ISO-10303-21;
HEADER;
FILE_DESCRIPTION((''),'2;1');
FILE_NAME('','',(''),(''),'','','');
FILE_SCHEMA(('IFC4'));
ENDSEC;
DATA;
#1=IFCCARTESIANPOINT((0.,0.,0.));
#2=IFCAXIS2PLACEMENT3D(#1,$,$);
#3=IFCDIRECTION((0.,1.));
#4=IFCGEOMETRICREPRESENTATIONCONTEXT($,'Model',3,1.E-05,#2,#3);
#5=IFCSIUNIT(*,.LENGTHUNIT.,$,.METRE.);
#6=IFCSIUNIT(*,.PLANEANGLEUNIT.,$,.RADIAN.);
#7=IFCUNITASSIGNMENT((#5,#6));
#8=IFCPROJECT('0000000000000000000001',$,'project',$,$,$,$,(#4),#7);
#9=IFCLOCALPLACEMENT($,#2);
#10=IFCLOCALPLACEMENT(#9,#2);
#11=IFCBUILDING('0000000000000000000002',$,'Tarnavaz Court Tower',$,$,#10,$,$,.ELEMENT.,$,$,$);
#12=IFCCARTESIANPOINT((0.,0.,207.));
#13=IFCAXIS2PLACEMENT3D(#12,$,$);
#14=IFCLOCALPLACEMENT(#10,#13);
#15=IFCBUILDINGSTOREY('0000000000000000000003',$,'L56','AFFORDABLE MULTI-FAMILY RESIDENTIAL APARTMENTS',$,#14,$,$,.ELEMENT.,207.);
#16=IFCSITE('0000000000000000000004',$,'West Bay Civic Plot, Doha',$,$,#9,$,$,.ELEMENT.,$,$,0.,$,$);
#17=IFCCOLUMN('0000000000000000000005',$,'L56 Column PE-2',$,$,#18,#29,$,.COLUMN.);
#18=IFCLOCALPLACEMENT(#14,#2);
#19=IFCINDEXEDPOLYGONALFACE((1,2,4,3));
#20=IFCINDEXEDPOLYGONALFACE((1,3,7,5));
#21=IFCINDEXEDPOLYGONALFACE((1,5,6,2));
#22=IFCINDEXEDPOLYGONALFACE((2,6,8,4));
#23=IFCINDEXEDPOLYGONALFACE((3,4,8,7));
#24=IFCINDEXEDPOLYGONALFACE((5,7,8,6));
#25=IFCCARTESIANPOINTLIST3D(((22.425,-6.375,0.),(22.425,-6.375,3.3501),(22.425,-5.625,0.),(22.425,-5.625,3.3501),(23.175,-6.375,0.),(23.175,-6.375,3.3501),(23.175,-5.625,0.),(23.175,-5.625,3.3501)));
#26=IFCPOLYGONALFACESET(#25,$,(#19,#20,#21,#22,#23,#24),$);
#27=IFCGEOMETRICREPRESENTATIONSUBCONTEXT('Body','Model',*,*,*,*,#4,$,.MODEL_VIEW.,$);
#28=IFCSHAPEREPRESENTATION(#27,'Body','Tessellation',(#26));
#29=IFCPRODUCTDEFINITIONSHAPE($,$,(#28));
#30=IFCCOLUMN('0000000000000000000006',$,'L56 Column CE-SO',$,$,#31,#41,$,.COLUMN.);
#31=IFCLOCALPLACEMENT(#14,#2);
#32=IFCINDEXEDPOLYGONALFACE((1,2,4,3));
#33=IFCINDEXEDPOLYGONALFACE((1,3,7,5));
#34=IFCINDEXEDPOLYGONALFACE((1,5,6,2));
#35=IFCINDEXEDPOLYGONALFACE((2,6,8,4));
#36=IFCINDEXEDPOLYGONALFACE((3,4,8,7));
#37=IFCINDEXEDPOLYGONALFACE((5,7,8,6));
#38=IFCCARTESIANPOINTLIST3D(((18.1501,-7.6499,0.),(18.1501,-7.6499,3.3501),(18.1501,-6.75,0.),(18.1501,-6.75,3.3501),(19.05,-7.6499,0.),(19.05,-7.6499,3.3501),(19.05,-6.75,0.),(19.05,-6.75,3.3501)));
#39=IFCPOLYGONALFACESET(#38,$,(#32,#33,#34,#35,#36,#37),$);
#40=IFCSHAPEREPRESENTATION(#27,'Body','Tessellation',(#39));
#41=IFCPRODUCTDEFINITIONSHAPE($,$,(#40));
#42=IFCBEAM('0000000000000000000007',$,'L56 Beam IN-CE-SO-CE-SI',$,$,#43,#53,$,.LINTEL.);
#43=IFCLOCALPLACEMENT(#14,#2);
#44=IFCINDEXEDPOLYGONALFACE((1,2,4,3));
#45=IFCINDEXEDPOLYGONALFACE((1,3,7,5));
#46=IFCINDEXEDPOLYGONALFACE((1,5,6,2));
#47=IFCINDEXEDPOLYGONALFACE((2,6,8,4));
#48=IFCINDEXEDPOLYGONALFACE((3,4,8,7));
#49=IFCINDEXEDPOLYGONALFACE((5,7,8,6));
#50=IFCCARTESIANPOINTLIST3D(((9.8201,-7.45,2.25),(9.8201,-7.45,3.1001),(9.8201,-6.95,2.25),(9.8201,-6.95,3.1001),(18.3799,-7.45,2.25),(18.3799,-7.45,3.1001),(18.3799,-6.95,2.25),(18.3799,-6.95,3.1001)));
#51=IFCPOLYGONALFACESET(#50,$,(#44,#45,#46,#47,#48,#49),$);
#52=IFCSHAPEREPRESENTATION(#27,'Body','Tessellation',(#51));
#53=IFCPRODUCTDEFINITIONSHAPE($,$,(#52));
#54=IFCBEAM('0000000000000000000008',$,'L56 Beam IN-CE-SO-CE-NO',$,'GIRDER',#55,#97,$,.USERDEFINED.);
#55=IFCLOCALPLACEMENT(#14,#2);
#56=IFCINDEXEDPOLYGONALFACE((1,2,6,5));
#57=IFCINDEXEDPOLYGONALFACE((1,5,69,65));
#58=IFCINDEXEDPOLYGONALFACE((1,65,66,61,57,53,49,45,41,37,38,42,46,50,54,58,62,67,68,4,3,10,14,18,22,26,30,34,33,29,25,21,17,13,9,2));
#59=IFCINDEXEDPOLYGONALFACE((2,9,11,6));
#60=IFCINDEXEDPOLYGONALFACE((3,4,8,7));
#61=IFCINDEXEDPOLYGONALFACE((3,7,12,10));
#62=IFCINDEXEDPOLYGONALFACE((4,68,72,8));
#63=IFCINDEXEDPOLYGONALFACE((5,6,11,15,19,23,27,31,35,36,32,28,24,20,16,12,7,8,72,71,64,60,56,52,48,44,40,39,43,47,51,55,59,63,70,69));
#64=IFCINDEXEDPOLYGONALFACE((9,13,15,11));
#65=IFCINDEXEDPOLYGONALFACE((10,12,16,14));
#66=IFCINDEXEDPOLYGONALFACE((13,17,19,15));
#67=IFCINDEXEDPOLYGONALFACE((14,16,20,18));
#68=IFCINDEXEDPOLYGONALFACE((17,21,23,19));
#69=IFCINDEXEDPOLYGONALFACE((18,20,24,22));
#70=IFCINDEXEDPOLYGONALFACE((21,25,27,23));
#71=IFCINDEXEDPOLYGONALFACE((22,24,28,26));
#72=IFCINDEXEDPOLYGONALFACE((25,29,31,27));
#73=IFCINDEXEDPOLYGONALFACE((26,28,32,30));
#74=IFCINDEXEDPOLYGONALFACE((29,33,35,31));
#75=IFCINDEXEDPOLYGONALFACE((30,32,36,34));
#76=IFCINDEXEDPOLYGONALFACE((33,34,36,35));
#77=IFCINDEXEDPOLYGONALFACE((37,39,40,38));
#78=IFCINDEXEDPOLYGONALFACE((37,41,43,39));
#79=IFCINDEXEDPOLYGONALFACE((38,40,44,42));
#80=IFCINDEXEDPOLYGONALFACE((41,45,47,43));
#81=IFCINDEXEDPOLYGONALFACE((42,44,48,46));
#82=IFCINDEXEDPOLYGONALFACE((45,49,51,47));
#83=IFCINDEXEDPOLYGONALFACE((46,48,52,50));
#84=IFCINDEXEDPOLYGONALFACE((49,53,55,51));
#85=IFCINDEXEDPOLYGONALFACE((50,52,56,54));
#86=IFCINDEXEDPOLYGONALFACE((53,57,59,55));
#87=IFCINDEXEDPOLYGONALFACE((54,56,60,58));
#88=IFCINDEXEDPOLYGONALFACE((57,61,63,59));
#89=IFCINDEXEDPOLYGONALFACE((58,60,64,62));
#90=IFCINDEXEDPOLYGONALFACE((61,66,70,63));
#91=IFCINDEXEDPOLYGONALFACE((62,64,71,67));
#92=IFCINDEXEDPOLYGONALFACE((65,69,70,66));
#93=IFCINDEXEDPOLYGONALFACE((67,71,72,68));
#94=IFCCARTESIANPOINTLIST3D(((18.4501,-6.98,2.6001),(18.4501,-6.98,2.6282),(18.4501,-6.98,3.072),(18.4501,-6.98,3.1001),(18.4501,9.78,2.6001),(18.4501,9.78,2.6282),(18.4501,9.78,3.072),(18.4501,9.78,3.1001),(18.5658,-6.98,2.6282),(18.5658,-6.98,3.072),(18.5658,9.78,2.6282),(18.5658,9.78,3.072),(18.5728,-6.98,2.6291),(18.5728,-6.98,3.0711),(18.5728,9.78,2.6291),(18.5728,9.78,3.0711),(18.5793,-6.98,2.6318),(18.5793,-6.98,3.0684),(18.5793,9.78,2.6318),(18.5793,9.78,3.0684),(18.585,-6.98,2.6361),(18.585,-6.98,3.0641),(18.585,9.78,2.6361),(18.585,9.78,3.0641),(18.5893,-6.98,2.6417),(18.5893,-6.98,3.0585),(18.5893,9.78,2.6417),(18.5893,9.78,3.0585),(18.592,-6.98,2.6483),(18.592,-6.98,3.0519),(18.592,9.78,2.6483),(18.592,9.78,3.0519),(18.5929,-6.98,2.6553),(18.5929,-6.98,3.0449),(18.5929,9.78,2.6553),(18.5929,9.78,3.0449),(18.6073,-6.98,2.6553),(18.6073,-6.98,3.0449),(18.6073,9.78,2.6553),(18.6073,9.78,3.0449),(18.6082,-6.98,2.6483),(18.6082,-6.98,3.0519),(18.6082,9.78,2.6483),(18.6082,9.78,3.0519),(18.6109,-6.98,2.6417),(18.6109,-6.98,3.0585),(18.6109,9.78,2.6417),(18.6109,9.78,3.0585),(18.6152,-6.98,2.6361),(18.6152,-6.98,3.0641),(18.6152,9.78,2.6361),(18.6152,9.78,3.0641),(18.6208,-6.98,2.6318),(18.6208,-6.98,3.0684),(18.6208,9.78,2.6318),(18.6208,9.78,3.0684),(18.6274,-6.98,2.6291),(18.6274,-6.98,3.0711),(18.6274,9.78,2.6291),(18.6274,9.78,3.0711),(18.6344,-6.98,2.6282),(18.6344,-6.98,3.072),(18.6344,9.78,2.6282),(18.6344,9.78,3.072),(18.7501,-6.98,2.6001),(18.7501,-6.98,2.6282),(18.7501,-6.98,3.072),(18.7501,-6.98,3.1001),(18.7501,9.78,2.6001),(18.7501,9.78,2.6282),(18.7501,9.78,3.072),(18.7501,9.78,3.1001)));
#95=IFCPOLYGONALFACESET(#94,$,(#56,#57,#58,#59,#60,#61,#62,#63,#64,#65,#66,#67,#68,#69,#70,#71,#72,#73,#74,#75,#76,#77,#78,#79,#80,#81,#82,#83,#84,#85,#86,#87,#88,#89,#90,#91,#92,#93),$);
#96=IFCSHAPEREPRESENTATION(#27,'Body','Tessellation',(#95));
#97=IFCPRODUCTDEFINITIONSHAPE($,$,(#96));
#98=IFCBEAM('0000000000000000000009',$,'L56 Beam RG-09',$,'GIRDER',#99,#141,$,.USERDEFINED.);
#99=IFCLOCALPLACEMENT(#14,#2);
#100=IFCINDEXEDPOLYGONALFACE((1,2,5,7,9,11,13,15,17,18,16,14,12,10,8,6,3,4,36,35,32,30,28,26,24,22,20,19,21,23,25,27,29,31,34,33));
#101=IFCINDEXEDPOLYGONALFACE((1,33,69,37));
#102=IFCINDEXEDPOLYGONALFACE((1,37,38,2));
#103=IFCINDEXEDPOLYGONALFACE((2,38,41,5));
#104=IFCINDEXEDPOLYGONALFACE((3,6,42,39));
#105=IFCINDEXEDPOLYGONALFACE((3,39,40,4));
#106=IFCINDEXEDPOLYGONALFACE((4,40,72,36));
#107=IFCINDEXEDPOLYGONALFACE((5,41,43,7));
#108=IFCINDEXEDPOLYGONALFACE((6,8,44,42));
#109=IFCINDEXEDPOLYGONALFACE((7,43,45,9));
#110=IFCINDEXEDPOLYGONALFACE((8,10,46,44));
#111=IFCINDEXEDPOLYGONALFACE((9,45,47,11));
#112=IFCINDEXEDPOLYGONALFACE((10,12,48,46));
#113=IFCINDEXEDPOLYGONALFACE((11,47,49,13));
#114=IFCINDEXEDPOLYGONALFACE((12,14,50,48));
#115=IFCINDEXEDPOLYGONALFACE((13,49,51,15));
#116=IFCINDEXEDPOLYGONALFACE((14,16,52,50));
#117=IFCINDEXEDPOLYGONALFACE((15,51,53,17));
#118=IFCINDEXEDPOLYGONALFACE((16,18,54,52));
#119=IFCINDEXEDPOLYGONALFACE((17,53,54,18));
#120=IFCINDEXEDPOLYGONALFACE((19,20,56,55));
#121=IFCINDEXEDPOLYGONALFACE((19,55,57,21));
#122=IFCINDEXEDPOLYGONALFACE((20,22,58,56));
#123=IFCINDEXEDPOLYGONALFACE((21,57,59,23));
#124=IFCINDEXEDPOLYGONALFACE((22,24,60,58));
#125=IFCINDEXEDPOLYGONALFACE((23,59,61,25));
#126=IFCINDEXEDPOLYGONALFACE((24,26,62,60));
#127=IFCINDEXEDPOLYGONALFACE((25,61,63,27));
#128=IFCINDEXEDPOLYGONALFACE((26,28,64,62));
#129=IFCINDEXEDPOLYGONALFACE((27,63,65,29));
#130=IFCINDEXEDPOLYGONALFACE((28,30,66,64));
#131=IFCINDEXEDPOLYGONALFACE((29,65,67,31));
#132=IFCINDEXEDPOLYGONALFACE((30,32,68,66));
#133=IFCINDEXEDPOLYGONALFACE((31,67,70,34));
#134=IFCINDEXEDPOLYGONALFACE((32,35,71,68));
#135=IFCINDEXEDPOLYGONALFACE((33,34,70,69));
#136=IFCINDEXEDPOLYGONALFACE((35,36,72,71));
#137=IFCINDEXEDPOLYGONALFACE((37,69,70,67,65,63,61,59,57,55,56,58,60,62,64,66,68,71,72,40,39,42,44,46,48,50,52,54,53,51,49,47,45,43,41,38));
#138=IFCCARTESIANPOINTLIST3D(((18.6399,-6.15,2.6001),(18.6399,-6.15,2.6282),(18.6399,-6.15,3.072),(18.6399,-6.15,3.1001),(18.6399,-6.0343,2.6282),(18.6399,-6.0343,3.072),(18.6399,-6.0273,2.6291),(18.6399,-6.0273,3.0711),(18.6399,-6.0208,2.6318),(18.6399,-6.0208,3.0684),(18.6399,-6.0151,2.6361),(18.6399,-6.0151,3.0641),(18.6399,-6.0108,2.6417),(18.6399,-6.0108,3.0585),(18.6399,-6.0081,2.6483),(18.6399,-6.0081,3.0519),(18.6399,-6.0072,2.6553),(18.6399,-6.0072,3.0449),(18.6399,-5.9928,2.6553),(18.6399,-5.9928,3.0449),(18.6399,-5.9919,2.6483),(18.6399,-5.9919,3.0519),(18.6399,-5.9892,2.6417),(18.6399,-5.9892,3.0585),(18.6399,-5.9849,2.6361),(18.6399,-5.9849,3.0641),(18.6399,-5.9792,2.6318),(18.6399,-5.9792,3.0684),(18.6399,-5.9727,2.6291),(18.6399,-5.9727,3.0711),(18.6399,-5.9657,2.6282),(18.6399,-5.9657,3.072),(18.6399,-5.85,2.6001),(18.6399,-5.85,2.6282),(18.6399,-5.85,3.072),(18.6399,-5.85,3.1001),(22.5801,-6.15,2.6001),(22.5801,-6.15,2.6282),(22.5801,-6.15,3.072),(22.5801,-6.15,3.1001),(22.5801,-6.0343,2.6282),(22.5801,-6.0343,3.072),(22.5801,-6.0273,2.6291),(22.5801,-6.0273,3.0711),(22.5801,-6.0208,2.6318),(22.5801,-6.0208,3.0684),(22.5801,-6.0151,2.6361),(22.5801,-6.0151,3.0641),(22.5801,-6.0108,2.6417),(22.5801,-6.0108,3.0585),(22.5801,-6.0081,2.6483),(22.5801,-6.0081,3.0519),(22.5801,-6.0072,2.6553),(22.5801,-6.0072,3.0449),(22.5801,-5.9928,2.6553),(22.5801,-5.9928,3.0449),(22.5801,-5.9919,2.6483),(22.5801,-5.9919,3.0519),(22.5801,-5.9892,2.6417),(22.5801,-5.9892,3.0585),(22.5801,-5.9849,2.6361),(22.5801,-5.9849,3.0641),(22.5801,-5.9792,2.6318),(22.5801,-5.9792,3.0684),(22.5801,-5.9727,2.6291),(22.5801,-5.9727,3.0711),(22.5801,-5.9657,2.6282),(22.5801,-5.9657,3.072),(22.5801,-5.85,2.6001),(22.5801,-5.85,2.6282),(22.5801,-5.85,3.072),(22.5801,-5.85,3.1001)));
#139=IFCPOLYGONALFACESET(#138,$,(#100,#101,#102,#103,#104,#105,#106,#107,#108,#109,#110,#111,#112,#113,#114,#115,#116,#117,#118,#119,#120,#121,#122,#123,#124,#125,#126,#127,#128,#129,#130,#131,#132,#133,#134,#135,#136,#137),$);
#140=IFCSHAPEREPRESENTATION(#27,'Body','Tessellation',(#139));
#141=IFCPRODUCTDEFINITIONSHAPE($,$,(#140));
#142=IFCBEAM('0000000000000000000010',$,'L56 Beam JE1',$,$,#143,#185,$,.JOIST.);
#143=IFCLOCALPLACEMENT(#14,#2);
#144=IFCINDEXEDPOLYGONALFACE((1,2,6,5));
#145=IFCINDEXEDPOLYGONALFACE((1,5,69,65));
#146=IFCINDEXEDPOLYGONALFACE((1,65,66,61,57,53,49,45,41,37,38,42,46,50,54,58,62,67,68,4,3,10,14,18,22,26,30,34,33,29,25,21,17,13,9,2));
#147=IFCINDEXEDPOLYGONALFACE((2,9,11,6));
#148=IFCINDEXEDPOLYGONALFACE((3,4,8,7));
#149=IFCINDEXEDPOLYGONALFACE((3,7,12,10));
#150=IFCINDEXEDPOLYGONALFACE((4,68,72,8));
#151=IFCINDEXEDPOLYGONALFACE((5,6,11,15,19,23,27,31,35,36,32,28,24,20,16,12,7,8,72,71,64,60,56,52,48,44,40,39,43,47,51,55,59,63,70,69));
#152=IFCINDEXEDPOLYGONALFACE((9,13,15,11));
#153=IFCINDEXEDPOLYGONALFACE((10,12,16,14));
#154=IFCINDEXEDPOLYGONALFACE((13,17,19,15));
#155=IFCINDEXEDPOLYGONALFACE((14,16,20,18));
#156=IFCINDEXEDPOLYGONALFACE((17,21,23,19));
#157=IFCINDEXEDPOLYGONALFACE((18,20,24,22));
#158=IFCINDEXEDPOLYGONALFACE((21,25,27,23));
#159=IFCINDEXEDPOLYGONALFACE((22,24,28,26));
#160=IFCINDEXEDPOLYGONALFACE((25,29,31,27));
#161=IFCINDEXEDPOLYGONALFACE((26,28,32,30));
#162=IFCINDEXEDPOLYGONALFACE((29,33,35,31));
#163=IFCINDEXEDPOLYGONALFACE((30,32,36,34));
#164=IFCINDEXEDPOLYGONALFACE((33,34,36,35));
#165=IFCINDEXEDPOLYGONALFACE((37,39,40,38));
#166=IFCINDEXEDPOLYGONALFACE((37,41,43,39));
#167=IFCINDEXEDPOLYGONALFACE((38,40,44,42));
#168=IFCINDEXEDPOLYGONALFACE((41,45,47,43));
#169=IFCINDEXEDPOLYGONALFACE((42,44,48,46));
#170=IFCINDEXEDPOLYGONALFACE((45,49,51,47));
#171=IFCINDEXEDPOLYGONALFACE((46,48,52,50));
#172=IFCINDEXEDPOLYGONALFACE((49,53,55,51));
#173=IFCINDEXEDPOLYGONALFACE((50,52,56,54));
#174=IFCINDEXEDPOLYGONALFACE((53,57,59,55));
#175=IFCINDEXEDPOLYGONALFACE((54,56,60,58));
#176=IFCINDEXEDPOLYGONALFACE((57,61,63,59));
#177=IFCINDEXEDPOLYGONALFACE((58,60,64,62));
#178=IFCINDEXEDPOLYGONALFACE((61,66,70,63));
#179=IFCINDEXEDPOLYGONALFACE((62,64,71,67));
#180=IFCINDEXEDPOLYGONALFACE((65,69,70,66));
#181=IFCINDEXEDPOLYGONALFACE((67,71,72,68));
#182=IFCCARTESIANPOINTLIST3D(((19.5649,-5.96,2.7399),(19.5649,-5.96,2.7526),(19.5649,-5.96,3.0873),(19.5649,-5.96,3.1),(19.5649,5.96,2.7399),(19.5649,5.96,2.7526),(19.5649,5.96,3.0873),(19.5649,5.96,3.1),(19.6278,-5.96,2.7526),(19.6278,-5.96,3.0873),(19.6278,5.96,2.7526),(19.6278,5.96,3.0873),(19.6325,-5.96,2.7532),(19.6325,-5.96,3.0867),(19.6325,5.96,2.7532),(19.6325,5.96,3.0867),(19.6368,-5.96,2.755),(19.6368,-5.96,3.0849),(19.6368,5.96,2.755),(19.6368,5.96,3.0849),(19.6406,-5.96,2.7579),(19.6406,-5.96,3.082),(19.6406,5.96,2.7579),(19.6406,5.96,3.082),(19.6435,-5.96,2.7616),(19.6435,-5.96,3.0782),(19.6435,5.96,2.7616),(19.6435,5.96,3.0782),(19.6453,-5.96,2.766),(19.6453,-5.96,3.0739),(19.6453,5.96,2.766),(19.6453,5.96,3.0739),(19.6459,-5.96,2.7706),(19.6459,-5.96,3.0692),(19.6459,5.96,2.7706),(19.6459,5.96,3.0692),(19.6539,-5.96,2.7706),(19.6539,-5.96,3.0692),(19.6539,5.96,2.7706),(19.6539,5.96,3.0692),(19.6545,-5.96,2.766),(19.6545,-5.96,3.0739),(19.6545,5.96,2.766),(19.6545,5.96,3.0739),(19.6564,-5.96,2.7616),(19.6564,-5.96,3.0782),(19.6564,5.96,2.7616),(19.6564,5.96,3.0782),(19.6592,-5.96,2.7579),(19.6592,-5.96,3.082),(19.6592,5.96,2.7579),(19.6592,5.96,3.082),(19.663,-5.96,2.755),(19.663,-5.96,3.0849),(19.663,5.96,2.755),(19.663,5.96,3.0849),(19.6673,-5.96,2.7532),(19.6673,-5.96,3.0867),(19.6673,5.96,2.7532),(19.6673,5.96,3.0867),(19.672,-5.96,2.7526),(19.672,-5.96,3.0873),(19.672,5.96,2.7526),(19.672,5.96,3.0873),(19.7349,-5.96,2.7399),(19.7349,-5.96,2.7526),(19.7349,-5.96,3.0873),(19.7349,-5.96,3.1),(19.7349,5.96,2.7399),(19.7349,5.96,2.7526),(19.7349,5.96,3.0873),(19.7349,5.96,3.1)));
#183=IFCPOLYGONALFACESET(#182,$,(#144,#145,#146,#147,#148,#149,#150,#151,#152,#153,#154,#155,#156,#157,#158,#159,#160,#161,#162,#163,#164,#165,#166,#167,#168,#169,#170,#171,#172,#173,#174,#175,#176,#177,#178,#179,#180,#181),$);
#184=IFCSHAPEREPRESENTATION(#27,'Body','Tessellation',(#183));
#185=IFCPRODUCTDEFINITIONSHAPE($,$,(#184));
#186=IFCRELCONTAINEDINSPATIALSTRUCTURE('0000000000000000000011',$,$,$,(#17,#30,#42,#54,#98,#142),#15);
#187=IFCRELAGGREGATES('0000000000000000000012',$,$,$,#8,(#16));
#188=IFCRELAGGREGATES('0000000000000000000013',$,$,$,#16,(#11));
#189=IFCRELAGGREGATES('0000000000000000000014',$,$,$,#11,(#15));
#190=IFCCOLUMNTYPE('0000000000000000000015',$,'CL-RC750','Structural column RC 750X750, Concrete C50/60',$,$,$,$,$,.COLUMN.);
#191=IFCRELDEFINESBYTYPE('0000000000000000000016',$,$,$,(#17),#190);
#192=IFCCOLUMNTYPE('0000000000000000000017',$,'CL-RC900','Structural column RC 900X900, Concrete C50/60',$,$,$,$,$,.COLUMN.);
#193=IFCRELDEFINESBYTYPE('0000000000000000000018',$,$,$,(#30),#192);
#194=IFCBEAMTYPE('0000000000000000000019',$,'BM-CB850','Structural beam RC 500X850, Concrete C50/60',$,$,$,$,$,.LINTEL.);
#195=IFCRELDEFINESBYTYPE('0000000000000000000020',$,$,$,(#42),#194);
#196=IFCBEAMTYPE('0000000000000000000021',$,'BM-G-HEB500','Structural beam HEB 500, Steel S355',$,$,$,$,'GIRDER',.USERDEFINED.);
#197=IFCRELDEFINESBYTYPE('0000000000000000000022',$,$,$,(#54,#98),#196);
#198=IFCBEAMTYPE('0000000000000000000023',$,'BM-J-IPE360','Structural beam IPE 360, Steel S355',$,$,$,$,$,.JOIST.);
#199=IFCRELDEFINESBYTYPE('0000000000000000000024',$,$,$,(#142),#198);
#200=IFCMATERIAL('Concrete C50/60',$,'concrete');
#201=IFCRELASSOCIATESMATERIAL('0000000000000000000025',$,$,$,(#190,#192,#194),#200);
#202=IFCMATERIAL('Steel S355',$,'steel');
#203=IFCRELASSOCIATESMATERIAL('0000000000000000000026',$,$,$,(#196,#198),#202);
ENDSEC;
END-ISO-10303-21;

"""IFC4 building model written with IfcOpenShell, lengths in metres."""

from ifc_helpers import new_model, si_unit, direction, frame, origin, origin_2d, place, context, subcontext, project, spatial, rectangle, i_section, extrude, material, material_profile, profile_set, type_object, element, save


model = new_model("IFC4")

# Units and contexts
model_context = context("Model", 3, precision=1e-05, world=origin(), true_north=direction((0.0, 1.0)))
body_context = subcontext(model_context, "Body", "Model", "MODEL_VIEW")
ifc_project = project(units=[si_unit("LENGTHUNIT", "METRE"), si_unit("PLANEANGLEUNIT", "RADIAN")], contexts=[model_context])

# Site, building, storey
site_placement = place(None, origin())
site = spatial("IfcSite", under=ifc_project, at=site_placement, Name="West Bay Civic Plot, Doha", CompositionType="ELEMENT", RefElevation=0.0)
building_placement = place(site_placement, origin())
building = spatial("IfcBuilding", under=site, at=building_placement, Name="Tarnavaz Court Tower", CompositionType="ELEMENT")
storey_placement = place(building_placement, frame((0.0, 0.0, 207.0)))
storey = spatial("IfcBuildingStorey", under=building, at=storey_placement, Name="L56", Description="AFFORDABLE MULTI-FAMILY RESIDENTIAL APARTMENTS", CompositionType="ELEMENT", Elevation=207.0)

# Columns
ifc_material_1 = material(Name="Concrete C50/60", Category="concrete")
ifc_material_profile_1 = material_profile(ifc_material_1, rectangle(XDim=0.75, YDim=0.75, at=origin_2d()), Name="RC 750X750")
ifc_profile_set_1 = profile_set([ifc_material_profile_1], Name="Concrete C50/60")
column_type_1 = type_object("IfcColumnType", Name="CL-RC750", Description="Structural column RC 750X750, Concrete C50/60", PredefinedType="COLUMN", material=ifc_profile_set_1)
column_1_placement = place(storey_placement, frame((22.8, -6.0, 0.0), z_axis=(0.0, 0.0, 1.0), x_axis=(1.0, 0.0, 0.0)))
element("IfcColumn", 1, at=column_1_placement, inside=storey, type_object=column_type_1, Name="L56 Column PE-2", PredefinedType="COLUMN", context=body_context, shape_type="SweptSolid", body=[
    extrude(rectangle(XDim=0.75, YDim=0.75, at=origin_2d()), origin(), (0.0, 0.0, 1.0), 3.3501),
])
ifc_material_profile_2 = material_profile(ifc_material_1, rectangle(XDim=0.8999, YDim=0.8999, at=origin_2d()), Name="RC 900X900")
ifc_profile_set_2 = profile_set([ifc_material_profile_2], Name="Concrete C50/60")
column_type_2 = type_object("IfcColumnType", Name="CL-RC900", Description="Structural column RC 900X900, Concrete C50/60", PredefinedType="COLUMN", material=ifc_profile_set_2)
column_2_placement = place(storey_placement, frame((18.6001, -7.2, 0.0), z_axis=(0.0, 0.0, 1.0), x_axis=(1.0, 0.0, 0.0)))
element("IfcColumn", 2, at=column_2_placement, inside=storey, type_object=column_type_2, Name="L56 Column CE-SO", PredefinedType="COLUMN", context=body_context, shape_type="SweptSolid", body=[
    extrude(rectangle(XDim=0.8999, YDim=0.8999, at=origin_2d()), origin(), (0.0, 0.0, 1.0), 3.3501),
])

# Beams
ifc_material_profile_3 = material_profile(ifc_material_1, rectangle(XDim=0.5, YDim=0.8501, at=origin_2d()), Name="RC 500X850")
ifc_profile_set_3 = profile_set([ifc_material_profile_3], Name="Concrete C50/60")
beam_type_1 = type_object("IfcBeamType", Name="BM-CB850", Description="Structural beam RC 500X850, Concrete C50/60", PredefinedType="LINTEL", material=ifc_profile_set_3)
beam_1_placement = place(storey_placement, frame((18.3799, -7.2, 2.675), z_axis=(-1.0, 0.0, 0.0), x_axis=(0.0, -1.0, 0.0)))
element("IfcBeam", 3, at=beam_1_placement, inside=storey, type_object=beam_type_1, Name="L56 Beam IN-CE-SO-CE-SI", PredefinedType="LINTEL", context=body_context, shape_type="SweptSolid", body=[
    extrude(rectangle(XDim=0.5, YDim=0.8501, at=origin_2d()), origin(), (0.0, 0.0, 1.0), 8.5598),
])
ifc_material_2 = material(Name="Steel S355", Category="steel")
ifc_material_profile_4 = material_profile(ifc_material_2, i_section(OverallWidth=0.3, OverallDepth=0.5, WebThickness=0.0144, FlangeThickness=0.0281, FilletRadius=0.0271, at=origin_2d()), Name="HEB 500")
ifc_profile_set_4 = profile_set([ifc_material_profile_4], Name="Steel S355")
beam_type_2 = type_object("IfcBeamType", Name="BM-G-HEB500", Description="Structural beam HEB 500, Steel S355", ElementType="GIRDER", PredefinedType="USERDEFINED", material=ifc_profile_set_4)
beam_2_placement = place(storey_placement, frame((18.6001, -6.98, 2.8501), z_axis=(0.0, 1.0, 0.0), x_axis=(-1.0, 0.0, 0.0)))
element("IfcBeam", 4, at=beam_2_placement, inside=storey, type_object=beam_type_2, Name="L56 Beam IN-CE-SO-CE-NO", ObjectType="GIRDER", PredefinedType="USERDEFINED", context=body_context, shape_type="SweptSolid", body=[
    extrude(i_section(OverallWidth=0.3, OverallDepth=0.5, WebThickness=0.0144, FlangeThickness=0.0281, FilletRadius=0.0271, at=origin_2d()), origin(), (0.0, 0.0, 1.0), 16.76),
])
beam_3_placement = place(storey_placement, frame((18.6399, -6.0, 2.8501), z_axis=(1.0, 0.0, 0.0), x_axis=(0.0, 1.0, 0.0)))
element("IfcBeam", 5, at=beam_3_placement, inside=storey, type_object=beam_type_2, Name="L56 Beam RG-09", ObjectType="GIRDER", PredefinedType="USERDEFINED", context=body_context, shape_type="SweptSolid", body=[
    extrude(i_section(OverallWidth=0.3, OverallDepth=0.5, WebThickness=0.0144, FlangeThickness=0.0281, FilletRadius=0.0271, at=origin_2d()), origin(), (0.0, 0.0, 1.0), 3.9402),
])
ifc_material_profile_5 = material_profile(ifc_material_2, i_section(OverallWidth=0.1699, OverallDepth=0.3601, WebThickness=0.0081, FlangeThickness=0.0127, FilletRadius=0.0181, at=origin_2d()), Name="IPE 360")
ifc_profile_set_5 = profile_set([ifc_material_profile_5], Name="Steel S355")
beam_type_3 = type_object("IfcBeamType", Name="BM-J-IPE360", Description="Structural beam IPE 360, Steel S355", PredefinedType="JOIST", material=ifc_profile_set_5)
for number, where, z_axis, x_axis, name in (
    (6, (19.6499, -5.96, 2.9199), (0.0, 1.0, 0.0), (-1.0, 0.0, 0.0), "L56 Beam JE1"),
):
    element("IfcBeam", number, at=place(storey_placement, frame(where, z_axis=z_axis, x_axis=x_axis)), inside=storey, type_object=beam_type_3, Name=name, PredefinedType="JOIST", context=body_context, shape_type="SweptSolid", body=[
        extrude(i_section(OverallWidth=0.1699, OverallDepth=0.3601, WebThickness=0.0081, FlangeThickness=0.0127, FilletRadius=0.0181, at=origin_2d()), origin(), (0.0, 0.0, 1.0), 11.9199),
    ])

save(model, "model.ifc")
